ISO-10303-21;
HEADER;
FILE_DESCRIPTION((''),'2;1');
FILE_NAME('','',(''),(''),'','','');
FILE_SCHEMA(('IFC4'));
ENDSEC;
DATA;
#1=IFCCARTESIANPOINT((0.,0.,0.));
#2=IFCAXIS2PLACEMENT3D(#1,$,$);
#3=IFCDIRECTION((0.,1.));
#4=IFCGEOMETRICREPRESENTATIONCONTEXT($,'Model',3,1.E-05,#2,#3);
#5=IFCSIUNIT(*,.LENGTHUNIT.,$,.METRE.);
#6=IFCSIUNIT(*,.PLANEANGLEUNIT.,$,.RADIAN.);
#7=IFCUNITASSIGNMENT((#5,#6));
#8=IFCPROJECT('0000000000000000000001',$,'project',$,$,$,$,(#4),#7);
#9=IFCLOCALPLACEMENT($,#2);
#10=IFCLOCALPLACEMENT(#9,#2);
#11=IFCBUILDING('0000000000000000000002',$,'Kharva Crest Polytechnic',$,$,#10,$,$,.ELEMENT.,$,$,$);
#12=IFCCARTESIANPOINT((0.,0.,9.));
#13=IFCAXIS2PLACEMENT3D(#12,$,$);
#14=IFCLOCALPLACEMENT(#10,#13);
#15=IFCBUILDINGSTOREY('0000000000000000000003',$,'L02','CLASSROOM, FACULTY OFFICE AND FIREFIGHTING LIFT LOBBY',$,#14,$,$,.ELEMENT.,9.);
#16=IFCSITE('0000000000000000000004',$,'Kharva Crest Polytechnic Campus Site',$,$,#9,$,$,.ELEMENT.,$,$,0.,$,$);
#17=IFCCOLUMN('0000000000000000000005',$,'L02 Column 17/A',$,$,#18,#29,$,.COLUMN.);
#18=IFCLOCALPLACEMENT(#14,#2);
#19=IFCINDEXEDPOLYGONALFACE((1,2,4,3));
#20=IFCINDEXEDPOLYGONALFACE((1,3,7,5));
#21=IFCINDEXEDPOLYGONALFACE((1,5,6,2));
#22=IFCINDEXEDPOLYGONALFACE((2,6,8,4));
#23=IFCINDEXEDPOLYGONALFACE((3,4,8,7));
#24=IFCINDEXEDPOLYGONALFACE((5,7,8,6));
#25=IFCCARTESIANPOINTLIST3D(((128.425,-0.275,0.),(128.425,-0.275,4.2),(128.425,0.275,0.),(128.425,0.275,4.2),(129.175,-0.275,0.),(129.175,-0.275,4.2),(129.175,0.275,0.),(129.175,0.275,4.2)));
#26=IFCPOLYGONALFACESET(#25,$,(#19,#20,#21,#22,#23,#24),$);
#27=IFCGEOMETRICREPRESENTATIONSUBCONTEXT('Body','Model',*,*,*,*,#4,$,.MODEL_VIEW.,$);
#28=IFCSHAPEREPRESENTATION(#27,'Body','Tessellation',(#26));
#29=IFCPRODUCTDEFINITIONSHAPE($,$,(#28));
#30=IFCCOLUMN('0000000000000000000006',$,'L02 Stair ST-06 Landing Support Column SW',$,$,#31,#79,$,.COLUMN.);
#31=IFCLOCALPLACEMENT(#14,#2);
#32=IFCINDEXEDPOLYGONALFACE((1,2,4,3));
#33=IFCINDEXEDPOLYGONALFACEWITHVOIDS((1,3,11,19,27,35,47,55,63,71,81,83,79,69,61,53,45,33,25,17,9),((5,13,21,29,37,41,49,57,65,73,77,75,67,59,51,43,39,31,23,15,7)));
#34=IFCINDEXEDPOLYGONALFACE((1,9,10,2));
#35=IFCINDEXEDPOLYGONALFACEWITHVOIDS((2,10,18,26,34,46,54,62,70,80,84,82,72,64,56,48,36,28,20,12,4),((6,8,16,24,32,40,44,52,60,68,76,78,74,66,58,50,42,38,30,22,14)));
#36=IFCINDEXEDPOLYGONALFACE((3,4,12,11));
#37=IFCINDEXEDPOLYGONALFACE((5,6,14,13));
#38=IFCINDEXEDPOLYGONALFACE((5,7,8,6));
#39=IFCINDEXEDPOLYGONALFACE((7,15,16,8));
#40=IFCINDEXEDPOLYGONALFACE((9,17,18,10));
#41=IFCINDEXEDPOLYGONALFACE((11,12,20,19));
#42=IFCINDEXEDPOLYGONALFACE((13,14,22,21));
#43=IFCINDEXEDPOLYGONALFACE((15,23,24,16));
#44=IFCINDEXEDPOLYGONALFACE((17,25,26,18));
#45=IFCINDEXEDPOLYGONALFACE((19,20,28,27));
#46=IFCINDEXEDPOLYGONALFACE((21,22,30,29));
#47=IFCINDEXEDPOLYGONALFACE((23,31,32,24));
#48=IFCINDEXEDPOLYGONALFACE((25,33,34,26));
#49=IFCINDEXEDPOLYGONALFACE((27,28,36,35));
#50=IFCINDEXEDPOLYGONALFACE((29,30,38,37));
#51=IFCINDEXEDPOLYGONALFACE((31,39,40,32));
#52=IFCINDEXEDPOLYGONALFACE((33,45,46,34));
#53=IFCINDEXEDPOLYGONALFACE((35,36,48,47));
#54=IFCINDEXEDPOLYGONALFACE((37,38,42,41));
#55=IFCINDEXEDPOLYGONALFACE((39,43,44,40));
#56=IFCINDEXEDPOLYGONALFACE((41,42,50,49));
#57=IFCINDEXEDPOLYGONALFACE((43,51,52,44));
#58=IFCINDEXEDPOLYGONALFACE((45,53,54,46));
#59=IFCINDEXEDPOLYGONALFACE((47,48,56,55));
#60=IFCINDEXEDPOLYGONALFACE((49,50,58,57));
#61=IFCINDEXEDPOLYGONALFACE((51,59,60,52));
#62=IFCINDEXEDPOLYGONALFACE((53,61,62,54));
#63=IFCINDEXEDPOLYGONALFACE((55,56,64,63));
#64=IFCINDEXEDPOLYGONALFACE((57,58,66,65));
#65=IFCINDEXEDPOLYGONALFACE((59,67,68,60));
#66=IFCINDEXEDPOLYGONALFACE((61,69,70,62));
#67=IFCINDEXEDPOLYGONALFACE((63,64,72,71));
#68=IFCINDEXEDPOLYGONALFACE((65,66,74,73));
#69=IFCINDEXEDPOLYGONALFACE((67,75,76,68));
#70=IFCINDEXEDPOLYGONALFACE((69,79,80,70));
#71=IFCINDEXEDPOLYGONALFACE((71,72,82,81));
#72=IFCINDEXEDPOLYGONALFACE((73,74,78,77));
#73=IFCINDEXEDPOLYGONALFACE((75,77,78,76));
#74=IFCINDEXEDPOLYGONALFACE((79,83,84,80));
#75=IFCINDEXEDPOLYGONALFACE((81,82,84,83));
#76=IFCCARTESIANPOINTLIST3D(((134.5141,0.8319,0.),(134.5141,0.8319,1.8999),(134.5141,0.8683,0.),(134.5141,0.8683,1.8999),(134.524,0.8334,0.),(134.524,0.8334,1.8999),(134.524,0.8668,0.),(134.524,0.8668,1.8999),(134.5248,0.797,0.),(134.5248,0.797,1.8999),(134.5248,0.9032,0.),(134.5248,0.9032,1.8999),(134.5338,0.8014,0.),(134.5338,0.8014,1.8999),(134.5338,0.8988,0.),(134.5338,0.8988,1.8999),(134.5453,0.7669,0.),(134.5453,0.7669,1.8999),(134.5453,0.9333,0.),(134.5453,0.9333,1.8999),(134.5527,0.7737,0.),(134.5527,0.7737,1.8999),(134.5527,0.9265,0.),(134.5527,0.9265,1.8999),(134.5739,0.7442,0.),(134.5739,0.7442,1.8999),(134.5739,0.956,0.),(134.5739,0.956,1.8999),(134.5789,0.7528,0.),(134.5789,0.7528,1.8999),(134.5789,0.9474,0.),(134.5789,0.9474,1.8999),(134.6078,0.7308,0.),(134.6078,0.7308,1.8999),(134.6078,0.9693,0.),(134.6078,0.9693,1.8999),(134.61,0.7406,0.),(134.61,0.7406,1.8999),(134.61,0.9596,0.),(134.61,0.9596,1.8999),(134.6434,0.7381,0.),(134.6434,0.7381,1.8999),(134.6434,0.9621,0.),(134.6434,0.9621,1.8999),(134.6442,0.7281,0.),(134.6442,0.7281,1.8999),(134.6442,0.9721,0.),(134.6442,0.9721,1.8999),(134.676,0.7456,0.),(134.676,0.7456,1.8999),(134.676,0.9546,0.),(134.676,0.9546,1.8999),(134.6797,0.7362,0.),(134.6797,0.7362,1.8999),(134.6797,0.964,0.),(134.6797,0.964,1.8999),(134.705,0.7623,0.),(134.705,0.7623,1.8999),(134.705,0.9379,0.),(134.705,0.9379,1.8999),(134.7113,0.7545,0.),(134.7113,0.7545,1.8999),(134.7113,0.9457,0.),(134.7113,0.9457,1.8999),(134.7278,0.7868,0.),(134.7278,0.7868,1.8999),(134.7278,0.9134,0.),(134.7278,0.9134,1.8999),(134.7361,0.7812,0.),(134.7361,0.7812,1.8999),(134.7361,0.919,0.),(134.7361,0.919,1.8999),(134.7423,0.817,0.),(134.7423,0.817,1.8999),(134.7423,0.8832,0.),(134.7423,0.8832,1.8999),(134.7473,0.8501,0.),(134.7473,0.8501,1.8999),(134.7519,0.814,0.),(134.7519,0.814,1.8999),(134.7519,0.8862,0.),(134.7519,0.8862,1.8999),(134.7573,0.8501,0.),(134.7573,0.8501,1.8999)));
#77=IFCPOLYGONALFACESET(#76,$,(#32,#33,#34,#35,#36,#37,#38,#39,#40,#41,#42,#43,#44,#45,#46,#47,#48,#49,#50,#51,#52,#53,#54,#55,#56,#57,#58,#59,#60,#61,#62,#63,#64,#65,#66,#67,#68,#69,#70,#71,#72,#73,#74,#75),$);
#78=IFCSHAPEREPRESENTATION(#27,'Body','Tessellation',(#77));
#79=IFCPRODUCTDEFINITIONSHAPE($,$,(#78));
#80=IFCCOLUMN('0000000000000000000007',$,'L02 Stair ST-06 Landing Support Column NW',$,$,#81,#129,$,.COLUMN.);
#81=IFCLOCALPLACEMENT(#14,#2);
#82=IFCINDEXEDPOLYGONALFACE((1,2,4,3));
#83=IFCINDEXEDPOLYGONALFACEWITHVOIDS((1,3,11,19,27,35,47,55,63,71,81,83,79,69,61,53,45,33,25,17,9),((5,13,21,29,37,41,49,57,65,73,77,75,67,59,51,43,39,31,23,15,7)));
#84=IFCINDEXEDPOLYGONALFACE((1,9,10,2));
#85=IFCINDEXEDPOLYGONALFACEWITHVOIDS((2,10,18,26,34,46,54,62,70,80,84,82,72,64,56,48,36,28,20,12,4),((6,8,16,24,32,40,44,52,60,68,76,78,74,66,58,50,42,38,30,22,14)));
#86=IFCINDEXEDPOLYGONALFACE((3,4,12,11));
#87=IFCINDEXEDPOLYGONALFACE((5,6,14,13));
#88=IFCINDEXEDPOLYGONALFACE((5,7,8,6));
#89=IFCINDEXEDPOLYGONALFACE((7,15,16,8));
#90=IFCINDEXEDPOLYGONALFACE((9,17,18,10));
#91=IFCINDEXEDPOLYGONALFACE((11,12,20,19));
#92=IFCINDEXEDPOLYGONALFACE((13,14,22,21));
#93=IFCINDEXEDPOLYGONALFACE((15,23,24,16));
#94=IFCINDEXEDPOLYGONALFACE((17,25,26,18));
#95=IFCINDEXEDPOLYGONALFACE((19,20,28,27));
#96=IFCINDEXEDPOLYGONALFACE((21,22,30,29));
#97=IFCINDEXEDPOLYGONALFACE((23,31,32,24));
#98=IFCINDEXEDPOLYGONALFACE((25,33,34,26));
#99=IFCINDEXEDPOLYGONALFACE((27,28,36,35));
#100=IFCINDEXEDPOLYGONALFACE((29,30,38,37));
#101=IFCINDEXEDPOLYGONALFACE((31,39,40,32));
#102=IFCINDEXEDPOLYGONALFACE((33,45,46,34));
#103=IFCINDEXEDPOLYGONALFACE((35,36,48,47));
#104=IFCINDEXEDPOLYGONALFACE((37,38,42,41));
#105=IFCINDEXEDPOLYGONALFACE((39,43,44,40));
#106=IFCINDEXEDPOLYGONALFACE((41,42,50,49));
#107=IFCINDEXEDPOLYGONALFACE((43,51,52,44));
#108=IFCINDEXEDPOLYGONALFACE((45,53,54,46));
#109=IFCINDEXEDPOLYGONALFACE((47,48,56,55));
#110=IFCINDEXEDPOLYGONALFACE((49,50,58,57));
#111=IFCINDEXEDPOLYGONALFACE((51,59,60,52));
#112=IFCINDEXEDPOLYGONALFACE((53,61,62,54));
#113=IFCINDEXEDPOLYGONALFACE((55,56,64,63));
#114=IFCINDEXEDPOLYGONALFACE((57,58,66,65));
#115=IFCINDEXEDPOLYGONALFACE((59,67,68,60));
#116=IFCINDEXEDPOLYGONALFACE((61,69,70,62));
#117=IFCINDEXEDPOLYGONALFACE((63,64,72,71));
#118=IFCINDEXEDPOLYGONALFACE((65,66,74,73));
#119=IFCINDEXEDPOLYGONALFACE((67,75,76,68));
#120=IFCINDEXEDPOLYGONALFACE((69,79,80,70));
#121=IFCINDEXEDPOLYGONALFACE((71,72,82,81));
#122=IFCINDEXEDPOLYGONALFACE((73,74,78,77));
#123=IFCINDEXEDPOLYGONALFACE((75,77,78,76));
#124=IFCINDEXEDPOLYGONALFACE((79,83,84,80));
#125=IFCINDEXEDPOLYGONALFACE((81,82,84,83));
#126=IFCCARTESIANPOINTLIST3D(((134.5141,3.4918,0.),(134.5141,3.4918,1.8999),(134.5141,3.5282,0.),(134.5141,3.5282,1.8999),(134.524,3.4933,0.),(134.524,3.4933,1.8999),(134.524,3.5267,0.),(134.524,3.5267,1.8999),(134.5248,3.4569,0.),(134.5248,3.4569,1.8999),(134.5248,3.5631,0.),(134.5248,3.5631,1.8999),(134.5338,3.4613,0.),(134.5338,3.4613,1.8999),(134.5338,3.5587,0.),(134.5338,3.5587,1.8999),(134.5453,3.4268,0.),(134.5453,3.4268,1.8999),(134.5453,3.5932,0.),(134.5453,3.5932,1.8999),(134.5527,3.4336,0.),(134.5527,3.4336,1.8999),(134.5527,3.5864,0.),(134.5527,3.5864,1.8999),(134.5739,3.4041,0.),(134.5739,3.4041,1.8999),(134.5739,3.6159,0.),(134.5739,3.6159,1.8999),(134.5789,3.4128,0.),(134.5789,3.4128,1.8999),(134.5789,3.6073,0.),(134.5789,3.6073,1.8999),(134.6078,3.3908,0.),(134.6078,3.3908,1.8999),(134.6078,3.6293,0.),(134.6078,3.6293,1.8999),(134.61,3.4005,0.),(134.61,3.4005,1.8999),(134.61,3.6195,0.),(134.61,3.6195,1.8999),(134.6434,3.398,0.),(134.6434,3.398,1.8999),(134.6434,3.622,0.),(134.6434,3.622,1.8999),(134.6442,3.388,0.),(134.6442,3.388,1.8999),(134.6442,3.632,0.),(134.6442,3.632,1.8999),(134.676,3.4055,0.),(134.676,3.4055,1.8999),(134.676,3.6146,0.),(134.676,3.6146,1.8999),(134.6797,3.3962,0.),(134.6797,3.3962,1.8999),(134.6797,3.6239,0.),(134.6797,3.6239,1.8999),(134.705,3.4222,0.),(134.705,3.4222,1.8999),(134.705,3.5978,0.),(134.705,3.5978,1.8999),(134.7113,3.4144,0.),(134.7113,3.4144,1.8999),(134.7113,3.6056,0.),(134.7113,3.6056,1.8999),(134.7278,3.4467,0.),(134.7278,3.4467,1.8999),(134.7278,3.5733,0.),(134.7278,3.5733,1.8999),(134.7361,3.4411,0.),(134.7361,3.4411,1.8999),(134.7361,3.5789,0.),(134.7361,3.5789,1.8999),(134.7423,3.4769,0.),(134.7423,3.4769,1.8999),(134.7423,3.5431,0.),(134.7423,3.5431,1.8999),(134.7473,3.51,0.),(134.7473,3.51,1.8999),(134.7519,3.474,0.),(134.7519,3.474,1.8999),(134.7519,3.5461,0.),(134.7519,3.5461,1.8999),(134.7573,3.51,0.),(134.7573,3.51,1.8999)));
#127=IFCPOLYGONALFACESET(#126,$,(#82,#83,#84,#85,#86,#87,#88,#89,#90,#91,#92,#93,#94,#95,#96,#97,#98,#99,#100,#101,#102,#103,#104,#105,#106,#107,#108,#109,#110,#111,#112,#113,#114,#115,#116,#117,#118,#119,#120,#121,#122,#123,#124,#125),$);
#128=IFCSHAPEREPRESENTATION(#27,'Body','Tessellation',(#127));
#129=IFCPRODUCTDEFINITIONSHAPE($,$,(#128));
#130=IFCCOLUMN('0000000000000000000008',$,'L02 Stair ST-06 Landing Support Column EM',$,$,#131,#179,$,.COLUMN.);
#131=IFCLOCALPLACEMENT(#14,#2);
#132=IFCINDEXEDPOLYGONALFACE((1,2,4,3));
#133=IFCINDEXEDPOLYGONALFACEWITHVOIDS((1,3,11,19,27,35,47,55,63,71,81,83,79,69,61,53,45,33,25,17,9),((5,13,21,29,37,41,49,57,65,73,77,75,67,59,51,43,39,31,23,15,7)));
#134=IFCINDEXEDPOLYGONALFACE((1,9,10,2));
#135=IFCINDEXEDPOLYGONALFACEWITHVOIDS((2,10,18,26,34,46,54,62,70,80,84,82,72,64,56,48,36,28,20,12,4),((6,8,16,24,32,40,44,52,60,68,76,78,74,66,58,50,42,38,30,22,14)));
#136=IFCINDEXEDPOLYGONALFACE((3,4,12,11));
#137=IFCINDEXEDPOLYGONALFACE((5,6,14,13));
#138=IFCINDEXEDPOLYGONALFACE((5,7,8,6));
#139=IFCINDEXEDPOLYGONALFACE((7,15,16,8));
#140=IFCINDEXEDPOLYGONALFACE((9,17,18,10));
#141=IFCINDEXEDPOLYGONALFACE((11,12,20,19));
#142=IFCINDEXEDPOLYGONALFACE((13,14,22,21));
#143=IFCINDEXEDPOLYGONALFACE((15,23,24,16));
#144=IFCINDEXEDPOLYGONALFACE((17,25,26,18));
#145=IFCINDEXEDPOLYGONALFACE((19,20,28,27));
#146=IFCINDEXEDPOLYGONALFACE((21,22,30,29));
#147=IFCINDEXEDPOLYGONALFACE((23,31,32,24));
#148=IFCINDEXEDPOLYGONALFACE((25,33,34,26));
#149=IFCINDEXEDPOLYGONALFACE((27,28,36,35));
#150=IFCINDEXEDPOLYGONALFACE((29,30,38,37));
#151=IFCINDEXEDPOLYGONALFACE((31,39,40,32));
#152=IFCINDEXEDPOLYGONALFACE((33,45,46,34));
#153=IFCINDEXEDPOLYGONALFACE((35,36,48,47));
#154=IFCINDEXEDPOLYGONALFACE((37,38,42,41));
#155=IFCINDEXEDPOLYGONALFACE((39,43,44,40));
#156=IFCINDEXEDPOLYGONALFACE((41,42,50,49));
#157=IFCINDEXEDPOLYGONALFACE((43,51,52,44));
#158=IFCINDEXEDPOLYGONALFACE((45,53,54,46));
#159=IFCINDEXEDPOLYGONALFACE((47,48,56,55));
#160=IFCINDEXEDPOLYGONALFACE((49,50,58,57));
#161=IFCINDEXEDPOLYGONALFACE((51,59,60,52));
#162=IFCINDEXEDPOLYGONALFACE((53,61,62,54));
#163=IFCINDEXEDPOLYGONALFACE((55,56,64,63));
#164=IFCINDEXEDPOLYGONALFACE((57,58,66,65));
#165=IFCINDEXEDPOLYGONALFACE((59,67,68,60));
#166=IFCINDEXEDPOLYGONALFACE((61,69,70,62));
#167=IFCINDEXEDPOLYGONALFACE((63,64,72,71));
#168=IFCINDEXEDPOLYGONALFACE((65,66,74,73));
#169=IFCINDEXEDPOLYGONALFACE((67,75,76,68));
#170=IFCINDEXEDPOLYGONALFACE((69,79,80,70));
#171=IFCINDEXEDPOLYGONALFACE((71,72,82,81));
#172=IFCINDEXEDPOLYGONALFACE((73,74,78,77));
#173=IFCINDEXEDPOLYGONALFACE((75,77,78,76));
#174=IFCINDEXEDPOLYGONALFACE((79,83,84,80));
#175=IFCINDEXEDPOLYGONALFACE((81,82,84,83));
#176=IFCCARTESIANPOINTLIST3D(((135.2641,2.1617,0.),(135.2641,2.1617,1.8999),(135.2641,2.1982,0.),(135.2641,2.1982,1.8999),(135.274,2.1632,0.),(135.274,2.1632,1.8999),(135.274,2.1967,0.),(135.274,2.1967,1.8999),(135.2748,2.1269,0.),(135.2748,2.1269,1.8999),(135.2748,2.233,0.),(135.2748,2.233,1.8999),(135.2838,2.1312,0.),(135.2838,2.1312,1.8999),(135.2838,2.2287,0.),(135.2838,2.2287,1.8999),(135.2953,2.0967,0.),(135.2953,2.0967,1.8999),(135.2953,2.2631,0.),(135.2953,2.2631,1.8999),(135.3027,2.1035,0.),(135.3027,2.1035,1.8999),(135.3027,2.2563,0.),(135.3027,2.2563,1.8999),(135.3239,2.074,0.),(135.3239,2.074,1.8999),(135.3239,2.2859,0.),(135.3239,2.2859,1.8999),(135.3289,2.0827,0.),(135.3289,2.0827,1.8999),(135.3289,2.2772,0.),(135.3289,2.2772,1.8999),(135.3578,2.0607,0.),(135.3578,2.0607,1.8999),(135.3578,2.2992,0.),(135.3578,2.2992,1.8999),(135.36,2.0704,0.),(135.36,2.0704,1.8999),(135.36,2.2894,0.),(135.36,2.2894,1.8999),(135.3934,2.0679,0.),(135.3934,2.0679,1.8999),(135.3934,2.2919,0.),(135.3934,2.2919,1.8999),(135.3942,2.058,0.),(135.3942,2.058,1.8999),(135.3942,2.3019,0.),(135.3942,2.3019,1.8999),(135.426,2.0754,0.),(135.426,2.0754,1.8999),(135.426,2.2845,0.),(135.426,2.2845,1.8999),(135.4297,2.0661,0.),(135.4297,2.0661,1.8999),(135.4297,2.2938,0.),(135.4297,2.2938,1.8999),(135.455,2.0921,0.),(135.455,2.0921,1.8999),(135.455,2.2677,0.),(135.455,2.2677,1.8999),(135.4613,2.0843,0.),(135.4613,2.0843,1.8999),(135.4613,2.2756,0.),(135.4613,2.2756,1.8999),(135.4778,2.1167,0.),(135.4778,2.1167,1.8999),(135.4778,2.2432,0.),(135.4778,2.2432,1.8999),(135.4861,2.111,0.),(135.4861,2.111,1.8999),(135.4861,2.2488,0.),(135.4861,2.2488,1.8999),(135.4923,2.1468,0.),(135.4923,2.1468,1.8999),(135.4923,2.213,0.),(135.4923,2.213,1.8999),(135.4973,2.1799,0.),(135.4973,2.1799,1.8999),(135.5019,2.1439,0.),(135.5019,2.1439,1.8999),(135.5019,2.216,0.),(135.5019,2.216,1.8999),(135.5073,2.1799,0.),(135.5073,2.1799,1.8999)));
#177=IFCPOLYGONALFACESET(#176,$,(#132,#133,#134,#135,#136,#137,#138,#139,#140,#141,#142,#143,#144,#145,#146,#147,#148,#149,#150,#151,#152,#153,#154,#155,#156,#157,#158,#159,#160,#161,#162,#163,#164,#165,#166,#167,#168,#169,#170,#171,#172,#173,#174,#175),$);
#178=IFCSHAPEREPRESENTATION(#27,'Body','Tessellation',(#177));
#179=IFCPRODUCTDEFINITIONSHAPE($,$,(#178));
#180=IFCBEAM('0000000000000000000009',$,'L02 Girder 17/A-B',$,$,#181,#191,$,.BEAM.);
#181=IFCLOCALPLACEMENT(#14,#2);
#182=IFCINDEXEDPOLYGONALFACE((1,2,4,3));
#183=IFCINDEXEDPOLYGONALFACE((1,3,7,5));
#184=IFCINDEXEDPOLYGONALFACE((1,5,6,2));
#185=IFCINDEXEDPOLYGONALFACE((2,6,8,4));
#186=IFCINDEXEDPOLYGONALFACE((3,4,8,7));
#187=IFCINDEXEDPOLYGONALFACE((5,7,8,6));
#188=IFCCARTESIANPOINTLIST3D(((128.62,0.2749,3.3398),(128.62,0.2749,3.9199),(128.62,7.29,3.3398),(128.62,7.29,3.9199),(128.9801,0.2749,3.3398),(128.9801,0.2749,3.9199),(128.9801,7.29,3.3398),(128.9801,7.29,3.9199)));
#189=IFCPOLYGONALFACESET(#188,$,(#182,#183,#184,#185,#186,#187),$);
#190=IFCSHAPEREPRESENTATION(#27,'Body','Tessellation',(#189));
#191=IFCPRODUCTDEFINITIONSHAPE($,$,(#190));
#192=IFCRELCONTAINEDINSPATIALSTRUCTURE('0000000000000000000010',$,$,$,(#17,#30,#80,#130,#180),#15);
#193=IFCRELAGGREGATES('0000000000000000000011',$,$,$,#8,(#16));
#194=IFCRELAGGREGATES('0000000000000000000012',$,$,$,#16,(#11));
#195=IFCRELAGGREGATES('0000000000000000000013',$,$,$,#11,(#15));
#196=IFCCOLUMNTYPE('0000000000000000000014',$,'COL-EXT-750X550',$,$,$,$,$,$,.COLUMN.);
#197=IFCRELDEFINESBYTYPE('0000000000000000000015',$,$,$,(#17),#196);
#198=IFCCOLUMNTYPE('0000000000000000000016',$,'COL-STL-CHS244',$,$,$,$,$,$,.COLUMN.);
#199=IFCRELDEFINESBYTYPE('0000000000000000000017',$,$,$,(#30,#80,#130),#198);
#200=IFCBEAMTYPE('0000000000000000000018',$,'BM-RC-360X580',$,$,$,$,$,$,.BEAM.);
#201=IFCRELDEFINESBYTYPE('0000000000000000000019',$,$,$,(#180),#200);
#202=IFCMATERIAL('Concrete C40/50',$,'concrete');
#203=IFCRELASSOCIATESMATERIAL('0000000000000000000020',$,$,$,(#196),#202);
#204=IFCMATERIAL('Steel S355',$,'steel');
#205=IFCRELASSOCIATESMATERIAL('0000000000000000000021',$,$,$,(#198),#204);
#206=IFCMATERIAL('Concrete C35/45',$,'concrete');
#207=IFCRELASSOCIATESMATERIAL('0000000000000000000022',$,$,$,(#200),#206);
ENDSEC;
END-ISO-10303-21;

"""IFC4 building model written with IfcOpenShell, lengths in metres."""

from ifc_helpers import new_model, si_unit, direction, frame, origin, origin_2d, place, context, subcontext, project, spatial, rectangle, hollow_circle, extrude, material, material_profile, profile_set, type_object, element, save


model = new_model("IFC4")

# Units and contexts
model_context = context("Model", 3, precision=1e-05, world=origin(), true_north=direction((0.0, 1.0)))
body_context = subcontext(model_context, "Body", "Model", "MODEL_VIEW")
ifc_project = project(units=[si_unit("LENGTHUNIT", "METRE"), si_unit("PLANEANGLEUNIT", "RADIAN")], contexts=[model_context])

# Site, building, storey
site_placement = place(None, origin())
site = spatial("IfcSite", under=ifc_project, at=site_placement, Name="Kharva Crest Polytechnic Campus Site", CompositionType="ELEMENT", RefElevation=0.0)
building_placement = place(site_placement, origin())
building = spatial("IfcBuilding", under=site, at=building_placement, Name="Kharva Crest Polytechnic", CompositionType="ELEMENT")
storey_placement = place(building_placement, frame((0.0, 0.0, 9.0)))
storey = spatial("IfcBuildingStorey", under=building, at=storey_placement, Name="L02", Description="CLASSROOM, FACULTY OFFICE AND FIREFIGHTING LIFT LOBBY", CompositionType="ELEMENT", Elevation=9.0)

# Columns
ifc_material_1 = material(Name="Concrete C40/50", Category="concrete")
ifc_material_profile_1 = material_profile(ifc_material_1, rectangle(XDim=0.75, YDim=0.55, at=origin_2d()), Name="RECT 750 X 550")
ifc_profile_set_1 = profile_set([ifc_material_profile_1], Name="Concrete C40/50")
column_type_1 = type_object("IfcColumnType", Name="COL-EXT-750X550", PredefinedType="COLUMN", material=ifc_profile_set_1)
column_placement = place(storey_placement, frame((128.8, 0.0, 0.0), z_axis=(0.0, 0.0, 1.0), x_axis=(1.0, 0.0, 0.0)))
element("IfcColumn", 1, at=column_placement, inside=storey, type_object=column_type_1, Name="L02 Column 17/A", PredefinedType="COLUMN", context=body_context, shape_type="SweptSolid", body=[
    extrude(rectangle(XDim=0.75, YDim=0.55, at=origin_2d()), origin(), (0.0, 0.0, 1.0), 4.2),
])
ifc_material_2 = material(Name="Steel S355", Category="steel")
ifc_material_profile_2 = material_profile(ifc_material_2, hollow_circle(Radius=0.1223, WallThickness=0.01, at=origin_2d()), Name="CHS 244.5X10.0")
ifc_profile_set_2 = profile_set([ifc_material_profile_2], Name="Steel S355")
column_type_2 = type_object("IfcColumnType", Name="COL-STL-CHS244", PredefinedType="COLUMN", material=ifc_profile_set_2)
for number, where, z_axis, x_axis, name in (
    (2, (134.635, 0.8501, 0.0), (0.0, 0.0, 1.0), (1.0, 0.0, 0.0), "L02 Stair ST-06 Landing Support Column SW"),
    (3, (134.635, 3.51, 0.0), (0.0, 0.0, 1.0), (1.0, 0.0, 0.0), "L02 Stair ST-06 Landing Support Column NW"),
    (4, (135.385, 2.1799, 0.0), (0.0, 0.0, 1.0), (1.0, 0.0, 0.0), "L02 Stair ST-06 Landing Support Column EM"),
):
    element("IfcColumn", number, at=place(storey_placement, frame(where, z_axis=z_axis, x_axis=x_axis)), inside=storey, type_object=column_type_2, Name=name, PredefinedType="COLUMN", context=body_context, shape_type="SweptSolid", body=[
        extrude(hollow_circle(Radius=0.1223, WallThickness=0.01, at=origin_2d()), origin(), (0.0, 0.0, 1.0), 1.8999),
    ])

# Beam
ifc_material_3 = material(Name="Concrete C35/45", Category="concrete")
ifc_material_profile_3 = material_profile(ifc_material_3, rectangle(XDim=0.3601, YDim=0.5801, at=origin_2d()), Name="RECT 360 X 580")
ifc_profile_set_3 = profile_set([ifc_material_profile_3], Name="Concrete C35/45")
beam_type = type_object("IfcBeamType", Name="BM-RC-360X580", PredefinedType="BEAM", material=ifc_profile_set_3)
beam_placement = place(storey_placement, frame((128.8, 0.2749, 3.6299), z_axis=(0.0, 1.0, 0.0), x_axis=(-1.0, 0.0, 0.0)))
element("IfcBeam", 5, at=beam_placement, inside=storey, type_object=beam_type, Name="L02 Girder 17/A-B", PredefinedType="BEAM", context=body_context, shape_type="SweptSolid", body=[
    extrude(rectangle(XDim=0.3601, YDim=0.5801, at=origin_2d()), origin(), (0.0, 0.0, 1.0), 7.0151),
])

save(model, "model.ifc")
